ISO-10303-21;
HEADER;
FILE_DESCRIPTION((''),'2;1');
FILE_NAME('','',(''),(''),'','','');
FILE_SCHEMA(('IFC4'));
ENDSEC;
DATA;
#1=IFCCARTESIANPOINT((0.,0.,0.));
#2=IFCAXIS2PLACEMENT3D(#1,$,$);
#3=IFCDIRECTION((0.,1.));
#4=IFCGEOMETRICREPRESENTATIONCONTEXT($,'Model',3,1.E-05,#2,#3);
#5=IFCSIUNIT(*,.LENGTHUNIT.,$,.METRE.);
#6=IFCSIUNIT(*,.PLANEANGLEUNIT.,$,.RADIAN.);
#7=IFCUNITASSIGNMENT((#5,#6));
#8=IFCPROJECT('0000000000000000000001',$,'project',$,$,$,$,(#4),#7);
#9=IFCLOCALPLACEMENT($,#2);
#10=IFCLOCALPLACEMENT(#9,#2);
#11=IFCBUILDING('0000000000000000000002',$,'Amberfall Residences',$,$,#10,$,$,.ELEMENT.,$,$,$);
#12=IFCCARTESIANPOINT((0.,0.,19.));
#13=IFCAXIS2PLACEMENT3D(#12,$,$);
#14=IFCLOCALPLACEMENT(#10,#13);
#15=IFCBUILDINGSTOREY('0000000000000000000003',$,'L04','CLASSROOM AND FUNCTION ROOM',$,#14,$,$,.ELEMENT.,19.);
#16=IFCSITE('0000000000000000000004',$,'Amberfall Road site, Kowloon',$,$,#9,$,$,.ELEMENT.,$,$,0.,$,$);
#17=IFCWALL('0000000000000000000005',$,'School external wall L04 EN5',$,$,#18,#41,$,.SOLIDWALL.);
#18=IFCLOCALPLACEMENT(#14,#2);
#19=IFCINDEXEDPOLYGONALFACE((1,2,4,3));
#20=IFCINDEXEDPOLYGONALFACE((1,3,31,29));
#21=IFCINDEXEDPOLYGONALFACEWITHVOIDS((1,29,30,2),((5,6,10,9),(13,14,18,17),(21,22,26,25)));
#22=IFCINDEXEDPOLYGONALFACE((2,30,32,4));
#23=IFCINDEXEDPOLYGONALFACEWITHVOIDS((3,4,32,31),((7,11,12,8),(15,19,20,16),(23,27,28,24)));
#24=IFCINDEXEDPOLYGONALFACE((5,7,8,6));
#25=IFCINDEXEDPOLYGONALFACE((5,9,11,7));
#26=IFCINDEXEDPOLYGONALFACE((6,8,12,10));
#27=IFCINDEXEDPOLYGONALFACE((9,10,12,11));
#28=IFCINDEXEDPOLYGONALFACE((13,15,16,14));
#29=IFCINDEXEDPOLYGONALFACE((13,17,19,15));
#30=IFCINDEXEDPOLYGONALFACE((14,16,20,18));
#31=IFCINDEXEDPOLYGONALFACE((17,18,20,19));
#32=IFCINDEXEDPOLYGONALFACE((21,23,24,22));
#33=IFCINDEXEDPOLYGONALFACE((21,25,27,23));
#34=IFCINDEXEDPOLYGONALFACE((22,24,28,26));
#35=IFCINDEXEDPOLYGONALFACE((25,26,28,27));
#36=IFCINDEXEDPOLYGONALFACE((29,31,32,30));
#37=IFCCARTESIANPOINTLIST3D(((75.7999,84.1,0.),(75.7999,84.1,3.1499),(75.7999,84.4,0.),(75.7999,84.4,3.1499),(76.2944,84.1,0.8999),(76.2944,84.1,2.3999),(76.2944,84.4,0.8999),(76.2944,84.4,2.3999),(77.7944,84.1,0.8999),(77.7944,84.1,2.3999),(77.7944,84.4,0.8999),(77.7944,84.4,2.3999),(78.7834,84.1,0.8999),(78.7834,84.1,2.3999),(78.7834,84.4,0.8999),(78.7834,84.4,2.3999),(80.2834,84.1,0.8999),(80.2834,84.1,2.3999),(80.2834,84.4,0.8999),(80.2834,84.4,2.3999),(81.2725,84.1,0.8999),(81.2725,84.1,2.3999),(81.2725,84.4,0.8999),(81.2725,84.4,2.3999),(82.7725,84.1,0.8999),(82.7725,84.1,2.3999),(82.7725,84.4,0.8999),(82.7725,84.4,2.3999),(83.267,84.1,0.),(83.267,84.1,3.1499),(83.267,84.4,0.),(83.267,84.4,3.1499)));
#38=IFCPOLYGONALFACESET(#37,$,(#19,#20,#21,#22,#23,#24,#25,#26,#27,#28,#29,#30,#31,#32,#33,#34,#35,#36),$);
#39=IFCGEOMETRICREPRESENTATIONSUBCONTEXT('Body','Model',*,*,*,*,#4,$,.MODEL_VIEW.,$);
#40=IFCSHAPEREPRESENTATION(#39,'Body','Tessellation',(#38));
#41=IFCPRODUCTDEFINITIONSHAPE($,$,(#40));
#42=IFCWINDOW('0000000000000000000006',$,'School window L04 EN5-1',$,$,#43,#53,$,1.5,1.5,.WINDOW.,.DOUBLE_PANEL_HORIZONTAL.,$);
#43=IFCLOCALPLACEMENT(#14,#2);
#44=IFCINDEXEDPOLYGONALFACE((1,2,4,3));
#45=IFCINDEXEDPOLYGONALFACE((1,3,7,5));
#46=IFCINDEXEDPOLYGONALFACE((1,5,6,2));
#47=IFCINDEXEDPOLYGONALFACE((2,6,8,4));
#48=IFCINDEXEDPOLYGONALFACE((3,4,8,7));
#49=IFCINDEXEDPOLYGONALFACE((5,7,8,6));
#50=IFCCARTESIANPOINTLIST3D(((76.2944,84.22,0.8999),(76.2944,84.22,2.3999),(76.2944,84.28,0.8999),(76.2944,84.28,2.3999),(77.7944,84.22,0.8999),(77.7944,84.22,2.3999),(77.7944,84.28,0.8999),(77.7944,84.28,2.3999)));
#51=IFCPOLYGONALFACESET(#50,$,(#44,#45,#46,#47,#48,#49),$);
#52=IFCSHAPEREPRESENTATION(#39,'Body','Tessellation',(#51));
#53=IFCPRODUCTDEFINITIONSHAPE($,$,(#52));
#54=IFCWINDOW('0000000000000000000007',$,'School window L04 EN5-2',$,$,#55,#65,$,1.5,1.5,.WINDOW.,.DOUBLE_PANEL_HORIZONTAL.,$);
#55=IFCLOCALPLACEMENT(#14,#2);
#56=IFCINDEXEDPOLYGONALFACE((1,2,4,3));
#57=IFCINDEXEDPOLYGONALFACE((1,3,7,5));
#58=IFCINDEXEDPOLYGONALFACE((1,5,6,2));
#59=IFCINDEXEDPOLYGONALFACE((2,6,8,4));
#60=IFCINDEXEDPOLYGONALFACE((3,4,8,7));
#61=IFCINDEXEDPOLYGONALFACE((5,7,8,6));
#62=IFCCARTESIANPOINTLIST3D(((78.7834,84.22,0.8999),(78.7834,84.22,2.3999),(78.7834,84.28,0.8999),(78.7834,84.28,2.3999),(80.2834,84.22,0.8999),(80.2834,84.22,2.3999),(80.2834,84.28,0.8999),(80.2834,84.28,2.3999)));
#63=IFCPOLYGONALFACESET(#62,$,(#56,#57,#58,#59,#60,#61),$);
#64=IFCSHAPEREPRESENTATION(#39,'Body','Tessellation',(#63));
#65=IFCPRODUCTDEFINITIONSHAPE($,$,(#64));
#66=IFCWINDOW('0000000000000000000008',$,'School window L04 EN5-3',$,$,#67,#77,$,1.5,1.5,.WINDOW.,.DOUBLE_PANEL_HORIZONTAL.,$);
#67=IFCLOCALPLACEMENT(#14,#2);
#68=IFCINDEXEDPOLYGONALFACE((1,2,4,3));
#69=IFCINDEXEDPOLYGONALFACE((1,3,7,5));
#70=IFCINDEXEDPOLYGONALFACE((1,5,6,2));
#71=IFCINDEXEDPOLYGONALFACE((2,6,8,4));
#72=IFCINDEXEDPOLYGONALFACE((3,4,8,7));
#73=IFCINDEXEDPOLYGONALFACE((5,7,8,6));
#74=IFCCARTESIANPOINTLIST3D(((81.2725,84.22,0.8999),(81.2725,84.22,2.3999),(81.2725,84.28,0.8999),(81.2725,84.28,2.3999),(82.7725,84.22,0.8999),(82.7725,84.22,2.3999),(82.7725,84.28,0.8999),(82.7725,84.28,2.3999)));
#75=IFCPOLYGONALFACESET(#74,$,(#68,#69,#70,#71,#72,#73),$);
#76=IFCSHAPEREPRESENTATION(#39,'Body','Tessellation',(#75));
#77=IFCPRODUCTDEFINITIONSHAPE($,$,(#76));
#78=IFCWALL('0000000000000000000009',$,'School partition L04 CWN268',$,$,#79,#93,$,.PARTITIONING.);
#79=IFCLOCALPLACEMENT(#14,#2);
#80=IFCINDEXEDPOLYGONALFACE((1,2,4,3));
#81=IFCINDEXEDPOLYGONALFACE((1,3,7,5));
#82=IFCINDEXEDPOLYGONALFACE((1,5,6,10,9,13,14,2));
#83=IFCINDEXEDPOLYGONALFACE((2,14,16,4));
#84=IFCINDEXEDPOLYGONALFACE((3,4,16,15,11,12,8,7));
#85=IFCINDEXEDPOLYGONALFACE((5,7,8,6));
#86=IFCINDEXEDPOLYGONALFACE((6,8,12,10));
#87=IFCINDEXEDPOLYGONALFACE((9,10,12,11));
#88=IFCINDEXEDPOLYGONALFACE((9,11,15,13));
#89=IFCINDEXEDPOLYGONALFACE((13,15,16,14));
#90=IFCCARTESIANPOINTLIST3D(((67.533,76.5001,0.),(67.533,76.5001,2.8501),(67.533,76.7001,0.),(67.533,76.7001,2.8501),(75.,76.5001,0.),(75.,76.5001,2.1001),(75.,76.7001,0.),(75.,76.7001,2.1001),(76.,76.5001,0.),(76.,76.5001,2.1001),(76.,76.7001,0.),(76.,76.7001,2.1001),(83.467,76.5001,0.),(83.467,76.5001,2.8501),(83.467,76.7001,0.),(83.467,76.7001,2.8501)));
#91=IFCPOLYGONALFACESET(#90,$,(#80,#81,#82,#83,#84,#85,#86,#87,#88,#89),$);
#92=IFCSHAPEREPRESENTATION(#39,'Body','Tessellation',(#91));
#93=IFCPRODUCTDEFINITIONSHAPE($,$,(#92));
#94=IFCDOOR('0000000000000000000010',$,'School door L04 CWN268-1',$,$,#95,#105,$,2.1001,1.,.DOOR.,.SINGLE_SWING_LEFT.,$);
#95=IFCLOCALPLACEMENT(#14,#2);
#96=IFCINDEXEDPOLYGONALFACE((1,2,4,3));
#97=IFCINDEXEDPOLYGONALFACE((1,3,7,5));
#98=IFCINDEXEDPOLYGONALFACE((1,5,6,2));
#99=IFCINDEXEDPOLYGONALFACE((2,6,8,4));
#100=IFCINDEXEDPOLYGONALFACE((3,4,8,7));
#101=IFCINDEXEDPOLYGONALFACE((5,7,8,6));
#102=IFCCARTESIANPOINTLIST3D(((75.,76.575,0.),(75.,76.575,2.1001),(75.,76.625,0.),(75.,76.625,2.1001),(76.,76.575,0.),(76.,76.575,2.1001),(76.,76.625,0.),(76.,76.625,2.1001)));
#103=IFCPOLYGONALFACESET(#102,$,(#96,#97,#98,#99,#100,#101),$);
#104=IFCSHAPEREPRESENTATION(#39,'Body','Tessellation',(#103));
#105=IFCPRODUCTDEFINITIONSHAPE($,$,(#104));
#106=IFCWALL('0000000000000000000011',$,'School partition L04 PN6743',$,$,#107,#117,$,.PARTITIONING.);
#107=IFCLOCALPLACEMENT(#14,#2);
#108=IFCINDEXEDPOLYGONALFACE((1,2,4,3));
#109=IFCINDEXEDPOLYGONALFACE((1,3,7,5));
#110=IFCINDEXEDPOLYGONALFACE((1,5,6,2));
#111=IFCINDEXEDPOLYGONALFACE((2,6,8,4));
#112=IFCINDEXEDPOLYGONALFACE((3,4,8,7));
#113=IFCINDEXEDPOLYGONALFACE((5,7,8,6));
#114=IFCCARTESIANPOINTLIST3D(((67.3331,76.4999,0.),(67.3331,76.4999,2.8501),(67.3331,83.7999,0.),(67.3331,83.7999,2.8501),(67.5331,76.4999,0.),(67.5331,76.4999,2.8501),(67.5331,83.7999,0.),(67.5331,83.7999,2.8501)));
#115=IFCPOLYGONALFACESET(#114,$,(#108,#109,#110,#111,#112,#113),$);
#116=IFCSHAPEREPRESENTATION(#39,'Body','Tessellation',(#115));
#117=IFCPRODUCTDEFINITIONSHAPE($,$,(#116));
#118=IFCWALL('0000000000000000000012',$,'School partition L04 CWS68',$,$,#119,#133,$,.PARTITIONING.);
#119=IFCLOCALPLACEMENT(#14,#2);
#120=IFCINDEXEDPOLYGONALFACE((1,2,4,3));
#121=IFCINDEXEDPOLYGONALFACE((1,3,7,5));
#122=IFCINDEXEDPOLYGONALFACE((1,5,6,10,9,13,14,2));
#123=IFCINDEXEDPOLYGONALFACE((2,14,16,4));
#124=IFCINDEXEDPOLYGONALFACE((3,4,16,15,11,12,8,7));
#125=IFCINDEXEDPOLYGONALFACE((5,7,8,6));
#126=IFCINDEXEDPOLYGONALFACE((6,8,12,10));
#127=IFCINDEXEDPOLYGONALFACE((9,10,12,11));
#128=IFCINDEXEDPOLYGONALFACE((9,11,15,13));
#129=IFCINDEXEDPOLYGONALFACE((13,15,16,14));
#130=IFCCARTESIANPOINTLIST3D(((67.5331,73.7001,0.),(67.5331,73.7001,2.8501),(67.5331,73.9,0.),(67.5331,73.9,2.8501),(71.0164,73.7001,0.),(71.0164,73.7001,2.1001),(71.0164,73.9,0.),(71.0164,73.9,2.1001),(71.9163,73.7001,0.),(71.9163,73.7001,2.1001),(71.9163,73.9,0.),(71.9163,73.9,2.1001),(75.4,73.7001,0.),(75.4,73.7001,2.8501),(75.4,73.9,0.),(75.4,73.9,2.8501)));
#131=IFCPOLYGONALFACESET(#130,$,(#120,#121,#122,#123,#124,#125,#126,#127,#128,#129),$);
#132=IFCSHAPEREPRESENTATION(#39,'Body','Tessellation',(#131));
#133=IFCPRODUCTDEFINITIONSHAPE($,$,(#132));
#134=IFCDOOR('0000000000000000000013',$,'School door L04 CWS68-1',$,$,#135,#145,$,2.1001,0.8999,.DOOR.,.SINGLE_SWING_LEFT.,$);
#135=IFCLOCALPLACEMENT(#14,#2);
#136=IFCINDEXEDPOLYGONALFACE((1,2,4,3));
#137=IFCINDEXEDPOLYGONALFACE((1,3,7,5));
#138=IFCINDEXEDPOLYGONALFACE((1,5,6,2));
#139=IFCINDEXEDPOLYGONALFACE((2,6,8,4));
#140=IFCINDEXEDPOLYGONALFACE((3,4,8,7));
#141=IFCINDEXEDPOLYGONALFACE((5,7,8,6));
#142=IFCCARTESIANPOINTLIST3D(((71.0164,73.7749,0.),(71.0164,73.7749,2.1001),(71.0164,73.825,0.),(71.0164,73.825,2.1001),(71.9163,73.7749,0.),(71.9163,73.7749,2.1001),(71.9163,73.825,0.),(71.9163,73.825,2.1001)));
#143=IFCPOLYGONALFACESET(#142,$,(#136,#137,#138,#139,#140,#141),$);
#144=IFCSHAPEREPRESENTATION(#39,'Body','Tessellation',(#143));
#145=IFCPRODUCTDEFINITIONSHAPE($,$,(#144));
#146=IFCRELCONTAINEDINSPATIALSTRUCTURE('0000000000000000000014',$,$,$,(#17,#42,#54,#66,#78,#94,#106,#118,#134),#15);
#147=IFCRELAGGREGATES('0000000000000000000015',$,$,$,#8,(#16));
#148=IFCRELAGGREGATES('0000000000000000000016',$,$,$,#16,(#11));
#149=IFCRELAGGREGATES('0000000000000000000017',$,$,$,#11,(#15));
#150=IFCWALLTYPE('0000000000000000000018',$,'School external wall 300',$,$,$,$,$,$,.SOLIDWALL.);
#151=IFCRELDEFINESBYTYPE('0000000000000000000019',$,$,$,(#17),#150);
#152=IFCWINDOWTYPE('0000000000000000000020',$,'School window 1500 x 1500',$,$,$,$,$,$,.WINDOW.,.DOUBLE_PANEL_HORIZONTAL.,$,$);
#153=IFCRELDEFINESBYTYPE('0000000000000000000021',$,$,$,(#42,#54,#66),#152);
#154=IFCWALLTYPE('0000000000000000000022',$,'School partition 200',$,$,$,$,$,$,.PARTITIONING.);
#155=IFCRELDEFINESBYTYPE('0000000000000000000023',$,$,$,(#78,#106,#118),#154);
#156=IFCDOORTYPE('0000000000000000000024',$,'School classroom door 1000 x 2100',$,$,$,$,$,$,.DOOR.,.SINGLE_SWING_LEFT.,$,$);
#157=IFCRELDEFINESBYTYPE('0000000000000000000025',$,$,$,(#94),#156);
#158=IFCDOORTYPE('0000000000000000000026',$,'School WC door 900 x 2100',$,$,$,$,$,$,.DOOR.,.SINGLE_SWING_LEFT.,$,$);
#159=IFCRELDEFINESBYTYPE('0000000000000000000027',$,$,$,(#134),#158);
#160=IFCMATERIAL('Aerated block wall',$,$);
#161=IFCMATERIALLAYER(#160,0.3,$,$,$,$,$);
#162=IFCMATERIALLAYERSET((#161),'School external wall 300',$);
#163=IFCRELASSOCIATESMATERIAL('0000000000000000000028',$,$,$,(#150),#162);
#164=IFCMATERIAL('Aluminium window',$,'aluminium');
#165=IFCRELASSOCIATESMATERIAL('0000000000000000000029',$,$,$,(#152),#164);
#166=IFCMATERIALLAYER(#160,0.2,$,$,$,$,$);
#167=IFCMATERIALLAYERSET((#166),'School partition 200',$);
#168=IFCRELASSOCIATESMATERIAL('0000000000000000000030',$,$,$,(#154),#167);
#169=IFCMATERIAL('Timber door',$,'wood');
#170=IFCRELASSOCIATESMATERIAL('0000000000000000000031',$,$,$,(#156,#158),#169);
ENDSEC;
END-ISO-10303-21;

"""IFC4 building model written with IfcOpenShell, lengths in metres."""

from ifc_helpers import new_model, si_unit, direction, frame, frame_2d, origin, place, context, subcontext, project, spatial, rectangle, extrude, material, layer, layer_set, type_object, element, fill, save


model = new_model("IFC4")

# Units and contexts
model_context = context("Model", 3, precision=1e-05, world=origin(), true_north=direction((0.0, 1.0)))
body_context = subcontext(model_context, "Body", "Model", "MODEL_VIEW")
ifc_project = project(units=[si_unit("LENGTHUNIT", "METRE"), si_unit("PLANEANGLEUNIT", "RADIAN")], contexts=[model_context])

# Site, building, storey
site_placement = place(None, origin())
site = spatial("IfcSite", under=ifc_project, at=site_placement, Name="Amberfall Road site, Kowloon", CompositionType="ELEMENT", RefElevation=0.0)
building_placement = place(site_placement, origin())
building = spatial("IfcBuilding", under=site, at=building_placement, Name="Amberfall Residences", CompositionType="ELEMENT")
storey_placement = place(building_placement, frame((0.0, 0.0, 19.0)))
storey = spatial("IfcBuildingStorey", under=building, at=storey_placement, Name="L04", Description="CLASSROOM AND FUNCTION ROOM", CompositionType="ELEMENT", Elevation=19.0)

# Wall, openings, windows
ifc_material_1 = material(Name="Aerated block wall")
ifc_layer_1 = layer(ifc_material_1, 0.3)
ifc_layer_set_1 = layer_set([ifc_layer_1], Name="School external wall 300")
wall_type_1 = type_object("IfcWallType", Name="School external wall 300", PredefinedType="SOLIDWALL", material=ifc_layer_set_1)
ifc_material_2 = material(Name="Aluminium window", Category="aluminium")
window_type = type_object("IfcWindowType", Name="School window 1500 x 1500", PartitioningType="DOUBLE_PANEL_HORIZONTAL", PredefinedType="WINDOW", material=ifc_material_2)
wall_1_placement = place(storey_placement, frame((75.8, 84.25, 0.0), z_axis=(0.0, 0.0, 1.0), x_axis=(1.0, 0.0, 0.0)))
wall_1 = element("IfcWall", 1, at=wall_1_placement, inside=storey, type_object=wall_type_1, Name="School external wall L04 EN5", PredefinedType="SOLIDWALL", context=body_context, shape_type="SweptSolid", body=[
    extrude(rectangle(XDim=7.467, YDim=0.3, at=frame_2d((3.7334, 0.0))), origin(), (0.0, 0.0, 1.0), 3.1499),
])
opening_1_placement = place(wall_1_placement, frame((0.4944, 0.0, 0.8999)))
opening_1 = element("IfcOpeningElement", 2, at=opening_1_placement, cuts=wall_1, PredefinedType="OPENING", context=body_context, shape_type="SweptSolid", body=[
    extrude(rectangle(XDim=1.5, YDim=1.5, at=frame_2d((0.75, 0.75))), frame((0.0, 0.1599, 0.0), z_axis=(0.0, -1.0, 0.0), x_axis=(1.0, 0.0, 0.0)), (0.0, 0.0, 1.0), 0.3201),
])
opening_2_placement = place(wall_1_placement, frame((2.9834, 0.0, 0.8999)))
opening_2 = element("IfcOpeningElement", 3, at=opening_2_placement, cuts=wall_1, PredefinedType="OPENING", context=body_context, shape_type="SweptSolid", body=[
    extrude(rectangle(XDim=1.5, YDim=1.5, at=frame_2d((0.75, 0.75))), frame((0.0, 0.1599, 0.0), z_axis=(0.0, -1.0, 0.0), x_axis=(1.0, 0.0, 0.0)), (0.0, 0.0, 1.0), 0.3201),
])
opening_3_placement = place(wall_1_placement, frame((5.4724, 0.0, 0.8999)))
opening_3 = element("IfcOpeningElement", 4, at=opening_3_placement, cuts=wall_1, PredefinedType="OPENING", context=body_context, shape_type="SweptSolid", body=[
    extrude(rectangle(XDim=1.5, YDim=1.5, at=frame_2d((0.75, 0.75))), frame((0.0, 0.1599, 0.0), z_axis=(0.0, -1.0, 0.0), x_axis=(1.0, 0.0, 0.0)), (0.0, 0.0, 1.0), 0.3201),
])
window_1_placement = place(opening_1_placement, origin())
window_1 = element("IfcWindow", 5, at=window_1_placement, inside=storey, type_object=window_type, Name="School window L04 EN5-1", OverallHeight=1.5, OverallWidth=1.5, PartitioningType="DOUBLE_PANEL_HORIZONTAL", PredefinedType="WINDOW", context=body_context, shape_type="SweptSolid", body=[
    extrude(rectangle(XDim=1.5, YDim=1.5, at=frame_2d((0.75, 0.75))), frame((0.0, 0.03, 0.0), z_axis=(0.0, -1.0, 0.0), x_axis=(1.0, 0.0, 0.0)), (0.0, 0.0, 1.0), 0.0601),
])
fill(opening_1, window_1)
window_2_placement = place(opening_2_placement, origin())
window_2 = element("IfcWindow", 6, at=window_2_placement, inside=storey, type_object=window_type, Name="School window L04 EN5-2", OverallHeight=1.5, OverallWidth=1.5, PartitioningType="DOUBLE_PANEL_HORIZONTAL", PredefinedType="WINDOW", context=body_context, shape_type="SweptSolid", body=[
    extrude(rectangle(XDim=1.5, YDim=1.5, at=frame_2d((0.75, 0.75))), frame((0.0, 0.03, 0.0), z_axis=(0.0, -1.0, 0.0), x_axis=(1.0, 0.0, 0.0)), (0.0, 0.0, 1.0), 0.0601),
])
fill(opening_2, window_2)
window_3_placement = place(opening_3_placement, origin())
window_3 = element("IfcWindow", 7, at=window_3_placement, inside=storey, type_object=window_type, Name="School window L04 EN5-3", OverallHeight=1.5, OverallWidth=1.5, PartitioningType="DOUBLE_PANEL_HORIZONTAL", PredefinedType="WINDOW", context=body_context, shape_type="SweptSolid", body=[
    extrude(rectangle(XDim=1.5, YDim=1.5, at=frame_2d((0.75, 0.75))), frame((0.0, 0.03, 0.0), z_axis=(0.0, -1.0, 0.0), x_axis=(1.0, 0.0, 0.0)), (0.0, 0.0, 1.0), 0.0601),
])
fill(opening_3, window_3)

# Wall, opening, door
ifc_layer_2 = layer(ifc_material_1, 0.2)
ifc_layer_set_2 = layer_set([ifc_layer_2], Name="School partition 200")
wall_type_2 = type_object("IfcWallType", Name="School partition 200", PredefinedType="PARTITIONING", material=ifc_layer_set_2)
wall_2_placement = place(storey_placement, frame((67.533, 76.6001, 0.0), z_axis=(0.0, 0.0, 1.0), x_axis=(1.0, 0.0, 0.0)))
wall_2 = element("IfcWall", 8, at=wall_2_placement, inside=storey, type_object=wall_type_2, Name="School partition L04 CWN268", PredefinedType="PARTITIONING", context=body_context, shape_type="SweptSolid", body=[
    extrude(rectangle(XDim=15.9341, YDim=0.2, at=frame_2d((7.967, 0.0))), origin(), (0.0, 0.0, 1.0), 2.8501),
])
opening_4_placement = place(wall_2_placement, frame((7.467, 0.0, 0.0)))
opening_4 = element("IfcOpeningElement", 9, at=opening_4_placement, cuts=wall_2, PredefinedType="OPENING", context=body_context, shape_type="SweptSolid", body=[
    extrude(rectangle(XDim=1.0, YDim=2.1001, at=frame_2d((0.5, 1.05))), frame((0.0, 0.1099, 0.0), z_axis=(0.0, -1.0, 0.0), x_axis=(1.0, 0.0, 0.0)), (0.0, 0.0, 1.0), 0.22),
])
ifc_material_3 = material(Name="Timber door", Category="wood")
door_type_1 = type_object("IfcDoorType", Name="School classroom door 1000 x 2100", OperationType="SINGLE_SWING_LEFT", PredefinedType="DOOR", material=ifc_material_3)
door_1_placement = place(opening_4_placement, origin())
door_1 = element("IfcDoor", 10, at=door_1_placement, inside=storey, type_object=door_type_1, Name="School door L04 CWN268-1", OperationType="SINGLE_SWING_LEFT", OverallHeight=2.1001, OverallWidth=1.0, PredefinedType="DOOR", context=body_context, shape_type="SweptSolid", body=[
    extrude(rectangle(XDim=1.0, YDim=2.1001, at=frame_2d((0.5, 1.05))), frame((0.0, 0.0249, 0.0), z_axis=(0.0, -1.0, 0.0), x_axis=(1.0, 0.0, 0.0)), (0.0, 0.0, 1.0), 0.05),
])
fill(opening_4, door_1)

# Wall
wall_3_placement = place(storey_placement, frame((67.4331, 76.5, 0.0), z_axis=(0.0, 0.0, 1.0), x_axis=(0.0, 1.0, 0.0)))
element("IfcWall", 11, at=wall_3_placement, inside=storey, type_object=wall_type_2, Name="School partition L04 PN6743", PredefinedType="PARTITIONING", context=body_context, shape_type="SweptSolid", body=[
    extrude(rectangle(XDim=7.3, YDim=0.2, at=frame_2d((3.6499, 0.0))), origin(), (0.0, 0.0, 1.0), 2.8501),
])

# Wall, opening, door
wall_4_placement = place(storey_placement, frame((67.533, 73.8, 0.0), z_axis=(0.0, 0.0, 1.0), x_axis=(1.0, 0.0, 0.0)))
wall_4 = element("IfcWall", 12, at=wall_4_placement, inside=storey, type_object=wall_type_2, Name="School partition L04 CWS68", PredefinedType="PARTITIONING", context=body_context, shape_type="SweptSolid", body=[
    extrude(rectangle(XDim=7.8669, YDim=0.2, at=frame_2d((3.9336, 0.0))), origin(), (0.0, 0.0, 1.0), 2.8501),
])
opening_5_placement = place(wall_4_placement, frame((3.4834, 0.0, 0.0)))
opening_5 = element("IfcOpeningElement", 13, at=opening_5_placement, cuts=wall_4, PredefinedType="OPENING", context=body_context, shape_type="SweptSolid", body=[
    extrude(rectangle(XDim=0.8999, YDim=2.1001, at=frame_2d((0.45, 1.05))), frame((0.0, 0.1099, 0.0), z_axis=(0.0, -1.0, 0.0), x_axis=(1.0, 0.0, 0.0)), (0.0, 0.0, 1.0), 0.22),
])
door_type_2 = type_object("IfcDoorType", Name="School WC door 900 x 2100", OperationType="SINGLE_SWING_LEFT", PredefinedType="DOOR", material=ifc_material_3)
door_2_placement = place(opening_5_placement, origin())
door_2 = element("IfcDoor", 14, at=door_2_placement, inside=storey, type_object=door_type_2, Name="School door L04 CWS68-1", OperationType="SINGLE_SWING_LEFT", OverallHeight=2.1001, OverallWidth=0.8999, PredefinedType="DOOR", context=body_context, shape_type="SweptSolid", body=[
    extrude(rectangle(XDim=0.8999, YDim=2.1001, at=frame_2d((0.45, 1.05))), frame((0.0, 0.0249, 0.0), z_axis=(0.0, -1.0, 0.0), x_axis=(1.0, 0.0, 0.0)), (0.0, 0.0, 1.0), 0.05),
])
fill(opening_5, door_2)

save(model, "model.ifc")
